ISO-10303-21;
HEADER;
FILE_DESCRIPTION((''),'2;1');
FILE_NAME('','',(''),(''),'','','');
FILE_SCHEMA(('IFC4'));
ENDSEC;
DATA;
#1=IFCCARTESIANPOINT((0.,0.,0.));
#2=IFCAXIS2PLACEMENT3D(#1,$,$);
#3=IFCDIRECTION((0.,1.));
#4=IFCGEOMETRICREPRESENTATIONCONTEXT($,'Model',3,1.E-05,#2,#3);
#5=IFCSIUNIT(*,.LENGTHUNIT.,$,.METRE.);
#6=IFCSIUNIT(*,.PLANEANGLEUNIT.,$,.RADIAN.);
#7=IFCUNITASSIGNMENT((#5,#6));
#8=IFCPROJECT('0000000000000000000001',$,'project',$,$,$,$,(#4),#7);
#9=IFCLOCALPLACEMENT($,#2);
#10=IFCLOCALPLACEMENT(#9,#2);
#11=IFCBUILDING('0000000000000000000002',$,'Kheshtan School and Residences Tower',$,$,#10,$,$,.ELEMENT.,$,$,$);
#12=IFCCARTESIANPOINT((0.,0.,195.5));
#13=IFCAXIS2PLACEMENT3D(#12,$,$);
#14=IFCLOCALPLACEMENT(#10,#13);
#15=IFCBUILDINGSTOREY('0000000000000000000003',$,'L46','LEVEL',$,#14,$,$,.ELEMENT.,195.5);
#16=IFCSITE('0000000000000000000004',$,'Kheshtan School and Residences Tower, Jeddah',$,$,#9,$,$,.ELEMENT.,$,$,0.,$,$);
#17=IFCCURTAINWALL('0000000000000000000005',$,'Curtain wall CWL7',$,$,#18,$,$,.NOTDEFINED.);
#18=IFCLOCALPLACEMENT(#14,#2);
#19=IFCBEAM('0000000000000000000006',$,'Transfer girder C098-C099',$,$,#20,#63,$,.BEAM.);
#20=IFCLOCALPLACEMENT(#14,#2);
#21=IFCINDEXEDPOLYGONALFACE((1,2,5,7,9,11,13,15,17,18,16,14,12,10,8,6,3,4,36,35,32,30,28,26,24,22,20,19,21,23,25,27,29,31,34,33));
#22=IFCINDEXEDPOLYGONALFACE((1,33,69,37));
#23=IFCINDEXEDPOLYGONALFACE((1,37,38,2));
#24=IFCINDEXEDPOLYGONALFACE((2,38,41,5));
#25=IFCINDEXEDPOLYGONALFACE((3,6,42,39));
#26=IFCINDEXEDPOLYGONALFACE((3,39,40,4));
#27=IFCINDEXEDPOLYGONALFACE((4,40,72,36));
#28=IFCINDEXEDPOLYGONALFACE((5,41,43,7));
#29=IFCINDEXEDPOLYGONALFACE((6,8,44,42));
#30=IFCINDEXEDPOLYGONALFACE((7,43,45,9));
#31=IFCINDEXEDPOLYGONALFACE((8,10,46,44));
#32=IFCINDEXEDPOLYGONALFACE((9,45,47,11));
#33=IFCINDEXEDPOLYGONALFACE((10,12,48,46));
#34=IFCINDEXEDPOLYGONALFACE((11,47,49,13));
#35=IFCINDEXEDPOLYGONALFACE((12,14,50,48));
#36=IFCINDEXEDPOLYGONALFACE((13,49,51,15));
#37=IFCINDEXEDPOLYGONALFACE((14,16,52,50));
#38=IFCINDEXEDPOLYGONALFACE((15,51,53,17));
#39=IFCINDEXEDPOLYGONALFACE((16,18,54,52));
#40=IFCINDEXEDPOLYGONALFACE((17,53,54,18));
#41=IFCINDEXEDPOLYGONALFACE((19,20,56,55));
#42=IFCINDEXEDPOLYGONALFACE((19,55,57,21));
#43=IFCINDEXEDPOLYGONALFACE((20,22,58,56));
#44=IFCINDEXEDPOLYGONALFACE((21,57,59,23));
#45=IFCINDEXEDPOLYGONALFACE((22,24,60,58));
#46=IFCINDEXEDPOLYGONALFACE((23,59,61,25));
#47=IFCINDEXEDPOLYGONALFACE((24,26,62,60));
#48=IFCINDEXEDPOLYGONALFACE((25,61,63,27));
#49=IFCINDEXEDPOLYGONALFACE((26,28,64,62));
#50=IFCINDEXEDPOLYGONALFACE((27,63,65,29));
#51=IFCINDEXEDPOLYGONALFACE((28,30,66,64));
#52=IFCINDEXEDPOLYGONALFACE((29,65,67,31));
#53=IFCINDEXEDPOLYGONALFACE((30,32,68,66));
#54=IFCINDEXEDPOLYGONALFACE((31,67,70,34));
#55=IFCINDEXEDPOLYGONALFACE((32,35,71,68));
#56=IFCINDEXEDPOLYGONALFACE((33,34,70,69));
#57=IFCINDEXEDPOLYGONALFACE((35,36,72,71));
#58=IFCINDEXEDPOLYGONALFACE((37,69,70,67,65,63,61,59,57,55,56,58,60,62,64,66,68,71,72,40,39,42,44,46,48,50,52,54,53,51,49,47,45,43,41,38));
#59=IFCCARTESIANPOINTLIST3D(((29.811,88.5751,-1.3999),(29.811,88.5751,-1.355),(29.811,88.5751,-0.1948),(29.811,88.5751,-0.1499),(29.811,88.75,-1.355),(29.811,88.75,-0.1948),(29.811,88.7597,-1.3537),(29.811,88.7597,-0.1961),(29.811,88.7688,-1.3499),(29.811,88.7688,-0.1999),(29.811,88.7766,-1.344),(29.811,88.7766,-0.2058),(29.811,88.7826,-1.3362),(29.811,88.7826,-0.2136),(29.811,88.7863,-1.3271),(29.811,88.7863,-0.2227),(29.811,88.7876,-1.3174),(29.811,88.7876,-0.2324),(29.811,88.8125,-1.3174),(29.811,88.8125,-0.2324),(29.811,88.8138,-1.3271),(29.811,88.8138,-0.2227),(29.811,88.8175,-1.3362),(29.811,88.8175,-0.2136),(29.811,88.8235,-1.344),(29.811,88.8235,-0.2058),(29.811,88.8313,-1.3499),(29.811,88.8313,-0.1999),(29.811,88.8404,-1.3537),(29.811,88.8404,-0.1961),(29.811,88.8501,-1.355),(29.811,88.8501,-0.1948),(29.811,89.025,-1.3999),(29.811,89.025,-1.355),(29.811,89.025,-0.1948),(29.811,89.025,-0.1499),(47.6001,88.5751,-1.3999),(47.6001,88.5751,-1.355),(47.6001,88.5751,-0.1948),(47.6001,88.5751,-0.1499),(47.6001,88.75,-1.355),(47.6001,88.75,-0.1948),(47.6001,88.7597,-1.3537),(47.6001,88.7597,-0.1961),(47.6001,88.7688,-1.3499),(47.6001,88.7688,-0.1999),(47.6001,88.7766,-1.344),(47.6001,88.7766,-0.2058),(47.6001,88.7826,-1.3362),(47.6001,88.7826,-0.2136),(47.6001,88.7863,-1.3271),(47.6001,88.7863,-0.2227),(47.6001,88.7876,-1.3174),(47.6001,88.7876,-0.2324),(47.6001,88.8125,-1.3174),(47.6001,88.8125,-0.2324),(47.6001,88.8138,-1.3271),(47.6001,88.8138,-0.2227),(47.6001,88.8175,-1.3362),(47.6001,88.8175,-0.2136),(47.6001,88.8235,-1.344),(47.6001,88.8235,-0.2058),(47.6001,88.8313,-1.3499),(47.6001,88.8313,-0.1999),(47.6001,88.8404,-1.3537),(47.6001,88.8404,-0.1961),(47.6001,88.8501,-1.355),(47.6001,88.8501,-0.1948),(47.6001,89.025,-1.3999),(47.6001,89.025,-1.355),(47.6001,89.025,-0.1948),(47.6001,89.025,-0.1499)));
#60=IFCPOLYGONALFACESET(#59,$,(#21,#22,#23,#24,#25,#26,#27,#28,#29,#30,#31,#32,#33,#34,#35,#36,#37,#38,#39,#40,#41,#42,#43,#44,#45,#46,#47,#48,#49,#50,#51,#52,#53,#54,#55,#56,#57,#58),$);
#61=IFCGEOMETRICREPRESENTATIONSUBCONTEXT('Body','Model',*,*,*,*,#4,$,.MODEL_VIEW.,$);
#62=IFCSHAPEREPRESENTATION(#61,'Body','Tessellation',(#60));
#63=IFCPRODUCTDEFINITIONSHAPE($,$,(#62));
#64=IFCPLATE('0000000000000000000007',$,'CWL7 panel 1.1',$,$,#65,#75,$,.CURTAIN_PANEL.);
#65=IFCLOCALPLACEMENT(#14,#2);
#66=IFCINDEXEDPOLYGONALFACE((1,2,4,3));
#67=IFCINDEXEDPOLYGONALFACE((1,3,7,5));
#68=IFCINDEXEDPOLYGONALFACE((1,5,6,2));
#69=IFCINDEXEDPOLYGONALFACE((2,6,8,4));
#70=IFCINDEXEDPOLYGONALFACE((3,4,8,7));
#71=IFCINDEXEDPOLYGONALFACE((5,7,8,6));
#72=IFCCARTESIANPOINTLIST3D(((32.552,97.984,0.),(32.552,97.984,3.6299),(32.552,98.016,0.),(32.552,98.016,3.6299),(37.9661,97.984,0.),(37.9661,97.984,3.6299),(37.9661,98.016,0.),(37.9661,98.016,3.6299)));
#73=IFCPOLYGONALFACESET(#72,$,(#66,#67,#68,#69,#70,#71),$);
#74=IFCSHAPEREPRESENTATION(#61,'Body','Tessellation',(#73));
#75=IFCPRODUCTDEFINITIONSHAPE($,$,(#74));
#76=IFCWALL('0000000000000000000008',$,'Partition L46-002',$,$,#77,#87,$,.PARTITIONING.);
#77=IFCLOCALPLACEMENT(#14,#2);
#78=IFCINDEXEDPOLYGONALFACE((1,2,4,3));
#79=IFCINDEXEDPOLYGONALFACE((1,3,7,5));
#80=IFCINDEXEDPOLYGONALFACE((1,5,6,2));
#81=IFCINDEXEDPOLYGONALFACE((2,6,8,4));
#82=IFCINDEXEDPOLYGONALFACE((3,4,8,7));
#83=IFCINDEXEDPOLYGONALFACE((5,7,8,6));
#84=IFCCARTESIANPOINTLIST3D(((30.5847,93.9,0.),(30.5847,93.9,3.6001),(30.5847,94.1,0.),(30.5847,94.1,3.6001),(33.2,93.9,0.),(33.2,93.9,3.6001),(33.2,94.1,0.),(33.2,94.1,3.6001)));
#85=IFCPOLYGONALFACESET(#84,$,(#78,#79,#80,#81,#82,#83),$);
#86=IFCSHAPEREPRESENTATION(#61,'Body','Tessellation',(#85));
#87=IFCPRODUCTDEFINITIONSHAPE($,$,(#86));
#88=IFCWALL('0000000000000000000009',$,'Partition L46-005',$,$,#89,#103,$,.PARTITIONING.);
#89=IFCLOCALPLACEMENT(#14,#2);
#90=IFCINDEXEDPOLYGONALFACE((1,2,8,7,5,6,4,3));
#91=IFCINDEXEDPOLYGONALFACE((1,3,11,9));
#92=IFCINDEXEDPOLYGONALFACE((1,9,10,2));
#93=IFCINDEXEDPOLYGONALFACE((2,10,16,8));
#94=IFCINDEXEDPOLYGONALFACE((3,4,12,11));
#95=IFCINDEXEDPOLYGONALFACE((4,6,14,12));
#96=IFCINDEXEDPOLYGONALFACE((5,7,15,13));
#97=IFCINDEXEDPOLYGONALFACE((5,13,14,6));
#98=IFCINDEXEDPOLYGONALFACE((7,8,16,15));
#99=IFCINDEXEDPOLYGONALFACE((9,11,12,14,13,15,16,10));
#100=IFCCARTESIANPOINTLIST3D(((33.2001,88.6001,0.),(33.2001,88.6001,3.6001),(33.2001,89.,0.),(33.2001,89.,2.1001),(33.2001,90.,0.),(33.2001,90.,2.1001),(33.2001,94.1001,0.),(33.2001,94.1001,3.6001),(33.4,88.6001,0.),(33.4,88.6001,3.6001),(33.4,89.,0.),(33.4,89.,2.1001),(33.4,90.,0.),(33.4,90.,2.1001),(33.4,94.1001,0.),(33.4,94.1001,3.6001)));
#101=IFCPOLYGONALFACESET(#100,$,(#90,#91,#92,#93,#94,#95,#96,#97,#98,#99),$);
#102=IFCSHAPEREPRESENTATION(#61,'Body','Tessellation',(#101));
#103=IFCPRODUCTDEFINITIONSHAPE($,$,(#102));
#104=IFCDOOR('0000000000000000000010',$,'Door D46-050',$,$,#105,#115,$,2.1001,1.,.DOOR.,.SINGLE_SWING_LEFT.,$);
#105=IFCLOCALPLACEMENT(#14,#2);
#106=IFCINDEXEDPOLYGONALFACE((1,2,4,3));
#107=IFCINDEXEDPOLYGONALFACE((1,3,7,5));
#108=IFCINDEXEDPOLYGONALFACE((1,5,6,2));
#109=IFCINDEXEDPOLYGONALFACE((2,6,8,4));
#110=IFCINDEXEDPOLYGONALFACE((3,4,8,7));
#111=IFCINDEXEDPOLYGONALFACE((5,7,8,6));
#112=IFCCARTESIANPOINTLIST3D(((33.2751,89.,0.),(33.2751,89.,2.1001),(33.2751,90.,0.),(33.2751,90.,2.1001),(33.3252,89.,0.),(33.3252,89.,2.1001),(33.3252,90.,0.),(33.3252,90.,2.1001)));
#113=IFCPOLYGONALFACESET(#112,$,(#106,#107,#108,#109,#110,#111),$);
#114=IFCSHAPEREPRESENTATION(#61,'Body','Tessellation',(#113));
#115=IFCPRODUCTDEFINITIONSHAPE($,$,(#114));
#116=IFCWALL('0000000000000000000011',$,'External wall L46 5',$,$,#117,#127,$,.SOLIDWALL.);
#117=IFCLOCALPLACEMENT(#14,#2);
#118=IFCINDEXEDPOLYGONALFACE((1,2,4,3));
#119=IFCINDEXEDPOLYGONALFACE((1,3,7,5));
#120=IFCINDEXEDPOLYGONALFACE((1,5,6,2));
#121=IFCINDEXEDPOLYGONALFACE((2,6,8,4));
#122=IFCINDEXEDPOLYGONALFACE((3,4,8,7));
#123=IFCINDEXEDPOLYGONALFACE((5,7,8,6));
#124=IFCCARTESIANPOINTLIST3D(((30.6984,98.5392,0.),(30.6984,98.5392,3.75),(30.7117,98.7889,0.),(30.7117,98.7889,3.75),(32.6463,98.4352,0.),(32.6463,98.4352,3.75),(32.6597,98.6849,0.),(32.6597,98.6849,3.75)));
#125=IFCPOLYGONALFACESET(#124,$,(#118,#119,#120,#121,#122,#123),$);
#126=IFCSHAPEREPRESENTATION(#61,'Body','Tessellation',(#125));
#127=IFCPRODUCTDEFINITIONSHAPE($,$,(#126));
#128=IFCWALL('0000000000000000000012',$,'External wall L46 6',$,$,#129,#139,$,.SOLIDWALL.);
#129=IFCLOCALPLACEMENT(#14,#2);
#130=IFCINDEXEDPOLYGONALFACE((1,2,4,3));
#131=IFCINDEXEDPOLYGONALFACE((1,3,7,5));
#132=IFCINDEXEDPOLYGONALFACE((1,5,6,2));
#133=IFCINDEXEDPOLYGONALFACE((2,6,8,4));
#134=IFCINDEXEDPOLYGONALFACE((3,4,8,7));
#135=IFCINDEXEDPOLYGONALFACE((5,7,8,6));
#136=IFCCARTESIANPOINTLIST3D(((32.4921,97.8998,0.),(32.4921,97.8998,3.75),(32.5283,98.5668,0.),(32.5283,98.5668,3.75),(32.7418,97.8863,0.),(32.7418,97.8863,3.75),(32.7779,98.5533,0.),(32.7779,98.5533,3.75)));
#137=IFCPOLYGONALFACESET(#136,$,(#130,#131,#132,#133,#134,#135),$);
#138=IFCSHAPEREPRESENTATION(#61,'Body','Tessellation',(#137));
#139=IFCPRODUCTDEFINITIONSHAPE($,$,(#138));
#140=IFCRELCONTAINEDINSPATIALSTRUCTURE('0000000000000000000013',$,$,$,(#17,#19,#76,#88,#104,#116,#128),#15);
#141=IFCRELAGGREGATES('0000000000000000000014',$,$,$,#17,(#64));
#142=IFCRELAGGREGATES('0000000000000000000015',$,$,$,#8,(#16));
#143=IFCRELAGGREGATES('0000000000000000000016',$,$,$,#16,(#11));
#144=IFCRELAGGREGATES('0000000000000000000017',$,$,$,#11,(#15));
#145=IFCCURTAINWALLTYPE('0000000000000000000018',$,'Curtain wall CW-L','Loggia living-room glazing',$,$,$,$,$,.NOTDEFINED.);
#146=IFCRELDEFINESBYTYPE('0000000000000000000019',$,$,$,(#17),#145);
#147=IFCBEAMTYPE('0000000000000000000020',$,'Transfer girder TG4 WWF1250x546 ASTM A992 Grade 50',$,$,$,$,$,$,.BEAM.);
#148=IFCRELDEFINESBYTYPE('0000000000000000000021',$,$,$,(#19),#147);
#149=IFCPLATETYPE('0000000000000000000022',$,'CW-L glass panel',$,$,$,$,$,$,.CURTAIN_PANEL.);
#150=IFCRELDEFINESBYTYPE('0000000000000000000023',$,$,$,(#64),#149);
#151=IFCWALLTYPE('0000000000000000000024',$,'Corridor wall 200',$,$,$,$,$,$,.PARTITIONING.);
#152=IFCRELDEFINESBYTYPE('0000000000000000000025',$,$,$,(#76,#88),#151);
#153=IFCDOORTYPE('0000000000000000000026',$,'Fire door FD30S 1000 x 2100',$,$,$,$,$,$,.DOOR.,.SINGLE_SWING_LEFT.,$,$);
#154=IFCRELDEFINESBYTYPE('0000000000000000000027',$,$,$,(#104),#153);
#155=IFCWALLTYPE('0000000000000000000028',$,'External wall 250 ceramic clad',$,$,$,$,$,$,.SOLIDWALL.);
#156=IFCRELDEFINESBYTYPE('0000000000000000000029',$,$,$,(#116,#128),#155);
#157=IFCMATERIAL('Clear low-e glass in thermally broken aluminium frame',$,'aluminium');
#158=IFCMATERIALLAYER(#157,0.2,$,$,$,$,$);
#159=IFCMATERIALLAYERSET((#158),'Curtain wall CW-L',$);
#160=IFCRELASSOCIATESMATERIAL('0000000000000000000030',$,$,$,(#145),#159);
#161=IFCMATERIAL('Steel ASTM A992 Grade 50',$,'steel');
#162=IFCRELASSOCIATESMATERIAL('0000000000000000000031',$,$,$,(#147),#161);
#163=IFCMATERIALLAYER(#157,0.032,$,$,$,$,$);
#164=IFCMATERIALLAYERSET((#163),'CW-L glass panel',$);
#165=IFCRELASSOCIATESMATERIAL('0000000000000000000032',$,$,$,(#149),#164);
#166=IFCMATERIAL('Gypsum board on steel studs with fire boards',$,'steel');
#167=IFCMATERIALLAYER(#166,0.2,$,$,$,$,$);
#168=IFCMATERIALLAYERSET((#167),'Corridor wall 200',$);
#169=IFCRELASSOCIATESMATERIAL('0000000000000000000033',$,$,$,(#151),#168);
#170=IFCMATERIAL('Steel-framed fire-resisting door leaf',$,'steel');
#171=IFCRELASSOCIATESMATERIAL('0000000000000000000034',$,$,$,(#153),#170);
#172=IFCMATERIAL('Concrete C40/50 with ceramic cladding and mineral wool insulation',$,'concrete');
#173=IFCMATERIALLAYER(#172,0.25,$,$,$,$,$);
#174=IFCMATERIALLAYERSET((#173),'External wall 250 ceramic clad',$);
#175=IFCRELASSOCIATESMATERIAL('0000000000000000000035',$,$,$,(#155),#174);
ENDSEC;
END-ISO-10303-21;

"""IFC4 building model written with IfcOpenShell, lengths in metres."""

from ifc_helpers import new_model, si_unit, direction, frame, frame_2d, origin, origin_2d, place, context, subcontext, project, spatial, rectangle, i_section, extrude, source, transform, mapped, material, layer, layer_set, material_profile, profile_set, type_object, element, fill, aggregate, save


model = new_model("IFC4")

# Units and contexts
model_context = context("Model", 3, precision=1e-05, world=origin(), true_north=direction((0.0, 1.0)))
body_context = subcontext(model_context, "Body", "Model", "MODEL_VIEW")
ifc_project = project(units=[si_unit("LENGTHUNIT", "METRE"), si_unit("PLANEANGLEUNIT", "RADIAN")], contexts=[model_context])

# Site, building, storey
site_placement = place(None, origin())
site = spatial("IfcSite", under=ifc_project, at=site_placement, Name="Kheshtan School and Residences Tower, Jeddah", CompositionType="ELEMENT", RefElevation=0.0)
building_placement = place(site_placement, origin())
building = spatial("IfcBuilding", under=site, at=building_placement, Name="Kheshtan School and Residences Tower", CompositionType="ELEMENT")
storey_placement = place(building_placement, frame((0.0, 0.0, 195.5)))
storey = spatial("IfcBuildingStorey", under=building, at=storey_placement, Name="L46", Description="LEVEL", CompositionType="ELEMENT", Elevation=195.5)

# Shared definitions
ifc_material_1 = material(Name="Steel ASTM A992 Grade 50", Category="steel")

# Curtain wall
ifc_material_2 = material(Name="Clear low-e glass in thermally broken aluminium frame", Category="aluminium")
ifc_layer_1 = layer(ifc_material_2, 0.2)
ifc_layer_set_1 = layer_set([ifc_layer_1], Name="Curtain wall CW-L")
curtain_wall_type = type_object("IfcCurtainWallType", Name="Curtain wall CW-L", Description="Loggia living-room glazing", PredefinedType="NOTDEFINED", material=ifc_layer_set_1)
curtain_wall_placement = place(storey_placement, origin())
curtain_wall = element("IfcCurtainWall", 1, at=curtain_wall_placement, inside=storey, type_object=curtain_wall_type, Name="Curtain wall CWL7", PredefinedType="NOTDEFINED")

# Beam
ifc_material_profile_1 = material_profile(ifc_material_1, i_section(OverallWidth=0.45, OverallDepth=1.25, WebThickness=0.0249, FlangeThickness=0.0449, FilletRadius=0.0376, at=origin_2d()), Name="WWF1250x546")
ifc_profile_set_1 = profile_set([ifc_material_profile_1], Name="Steel ASTM A992 Grade 50")
beam_type_1 = type_object("IfcBeamType", Name="Transfer girder TG4 WWF1250x546 ASTM A992 Grade 50", PredefinedType="BEAM", material=ifc_profile_set_1)
beam_1_placement = place(storey_placement, frame((29.811, 88.8, -0.7749), z_axis=(1.0, 0.0, 0.0), x_axis=(0.0, 1.0, 0.0)))
element("IfcBeam", 2, at=beam_1_placement, inside=storey, type_object=beam_type_1, Name="Transfer girder C098-C099", PredefinedType="BEAM", context=body_context, shape_type="SweptSolid", body=[
    extrude(i_section(OverallWidth=0.45, OverallDepth=1.25, WebThickness=0.0249, FlangeThickness=0.0449, FilletRadius=0.0376, at=origin_2d()), origin(), (0.0, 0.0, 1.0), 17.7891),
])

# Plate
ifc_layer_2 = layer(ifc_material_2, 0.032)
ifc_layer_set_2 = layer_set([ifc_layer_2], Name="CW-L glass panel")
plate_type = type_object("IfcPlateType", Name="CW-L glass panel", PredefinedType="CURTAIN_PANEL", material=ifc_layer_set_2)
plate_placement = place(storey_placement, frame((35.259, 98.0, 0.0), z_axis=(0.0, 0.0, 1.0), x_axis=(1.0, 0.0, 0.0)))
plate = element("IfcPlate", 3, at=plate_placement, type_object=plate_type, Name="CWL7 panel 1.1", PredefinedType="CURTAIN_PANEL", context=body_context, shape_type="SweptSolid", body=[
    extrude(rectangle(XDim=5.4141, YDim=0.032, at=origin_2d()), origin(), (0.0, 0.0, 1.0), 3.6299),
])
aggregate(curtain_wall, [plate])

# Wall
ifc_material_3 = material(Name="Gypsum board on steel studs with fire boards", Category="steel")
ifc_layer_3 = layer(ifc_material_3, 0.2)
ifc_layer_set_3 = layer_set([ifc_layer_3], Name="Corridor wall 200")
wall_type_1 = type_object("IfcWallType", Name="Corridor wall 200", PredefinedType="PARTITIONING", material=ifc_layer_set_3)
wall_1_placement = place(storey_placement, frame((30.5847, 94.0, 0.0), z_axis=(0.0, 0.0, 1.0), x_axis=(1.0, 0.0, 0.0)))
element("IfcWall", 4, at=wall_1_placement, inside=storey, type_object=wall_type_1, Name="Partition L46-002", PredefinedType="PARTITIONING", context=body_context, shape_type="SweptSolid", body=[
    extrude(rectangle(XDim=2.6152, YDim=0.2, at=frame_2d((1.3076, 0.0))), origin(), (0.0, 0.0, 1.0), 3.6001),
])

# Wall, opening, door
wall_2_placement = place(storey_placement, frame((33.3, 88.6001, 0.0), z_axis=(0.0, 0.0, 1.0), x_axis=(0.0, 1.0, 0.0)))
wall_2 = element("IfcWall", 5, at=wall_2_placement, inside=storey, type_object=wall_type_1, Name="Partition L46-005", PredefinedType="PARTITIONING", context=body_context, shape_type="SweptSolid", body=[
    extrude(rectangle(XDim=5.5, YDim=0.2, at=frame_2d((2.75, 0.0))), origin(), (0.0, 0.0, 1.0), 3.6001),
])
opening_1_placement = place(wall_2_placement, frame((0.3999, 0.0, 0.0)))
opening_1 = element("IfcOpeningElement", 6, at=opening_1_placement, cuts=wall_2, PredefinedType="OPENING", context=body_context, shape_type="SweptSolid", body=[
    extrude(rectangle(XDim=1.0, YDim=2.1001, at=frame_2d((0.5, 1.05))), frame((0.0, 0.1099, 0.0), z_axis=(0.0, -1.0, 0.0), x_axis=(1.0, 0.0, 0.0)), (0.0, 0.0, 1.0), 0.22),
])
ifc_material_4 = material(Name="Steel-framed fire-resisting door leaf", Category="steel")
door_type_1 = type_object("IfcDoorType", Name="Fire door FD30S 1000 x 2100", OperationType="SINGLE_SWING_LEFT", PredefinedType="DOOR", material=ifc_material_4)
shared_shape_1 = source(origin(), body_context, "Body", "SweptSolid", [
    extrude(rectangle(XDim=1.0, YDim=2.1001, at=frame_2d((0.5, 1.05))), frame((0.0, 0.0249, 0.0), z_axis=(0.0, -1.0, 0.0), x_axis=(1.0, 0.0, 0.0)), (0.0, 0.0, 1.0), 0.05),
])
door_1_placement = place(opening_1_placement, origin())
door_1 = element("IfcDoor", 7, at=door_1_placement, inside=storey, type_object=door_type_1, Name="Door D46-050", OperationType="SINGLE_SWING_LEFT", OverallHeight=2.1001, OverallWidth=1.0, PredefinedType="DOOR", context=body_context, shape_type="MappedRepresentation", body=[
    mapped(shared_shape_1, transform((0.0, 0.0, 0.0), x_axis=(1.0, 0.0, 0.0), y_axis=(0.0, 1.0, 0.0), z_axis=(0.0, 0.0, 1.0), scale=1.0)),
])
fill(opening_1, door_1)

# Walls
ifc_material_5 = material(Name="Concrete C40/50 with ceramic cladding and mineral wool insulation", Category="concrete")
ifc_layer_4 = layer(ifc_material_5, 0.25)
ifc_layer_set_4 = layer_set([ifc_layer_4], Name="External wall 250 ceramic clad")
wall_type_2 = type_object("IfcWallType", Name="External wall 250 ceramic clad", PredefinedType="SOLIDWALL", material=ifc_layer_set_4)
wall_3_placement = place(storey_placement, frame((30.7051, 98.6641, 0.0), z_axis=(0.0, 0.0, 1.0), x_axis=(0.998578, -0.053314, 0.0)))
element("IfcWall", 8, at=wall_3_placement, inside=storey, type_object=wall_type_2, Name="External wall L46 5", PredefinedType="SOLIDWALL", context=body_context, shape_type="SweptSolid", body=[
    extrude(rectangle(XDim=1.9507, YDim=0.25, at=frame_2d((0.9753, 0.0))), origin(), (0.0, 0.0, 1.0), 3.75),
])
wall_4_placement = place(storey_placement, frame((32.6531, 98.5601, 0.0), z_axis=(0.0, 0.0, 1.0), x_axis=(-0.054093, -0.998536, 0.0)))
element("IfcWall", 9, at=wall_4_placement, inside=storey, type_object=wall_type_2, Name="External wall L46 6", PredefinedType="SOLIDWALL", context=body_context, shape_type="SweptSolid", body=[
    extrude(rectangle(XDim=0.668, YDim=0.25, at=frame_2d((0.334, 0.0))), origin(), (0.0, 0.0, 1.0), 3.75),
])

save(model, "model.ifc")
